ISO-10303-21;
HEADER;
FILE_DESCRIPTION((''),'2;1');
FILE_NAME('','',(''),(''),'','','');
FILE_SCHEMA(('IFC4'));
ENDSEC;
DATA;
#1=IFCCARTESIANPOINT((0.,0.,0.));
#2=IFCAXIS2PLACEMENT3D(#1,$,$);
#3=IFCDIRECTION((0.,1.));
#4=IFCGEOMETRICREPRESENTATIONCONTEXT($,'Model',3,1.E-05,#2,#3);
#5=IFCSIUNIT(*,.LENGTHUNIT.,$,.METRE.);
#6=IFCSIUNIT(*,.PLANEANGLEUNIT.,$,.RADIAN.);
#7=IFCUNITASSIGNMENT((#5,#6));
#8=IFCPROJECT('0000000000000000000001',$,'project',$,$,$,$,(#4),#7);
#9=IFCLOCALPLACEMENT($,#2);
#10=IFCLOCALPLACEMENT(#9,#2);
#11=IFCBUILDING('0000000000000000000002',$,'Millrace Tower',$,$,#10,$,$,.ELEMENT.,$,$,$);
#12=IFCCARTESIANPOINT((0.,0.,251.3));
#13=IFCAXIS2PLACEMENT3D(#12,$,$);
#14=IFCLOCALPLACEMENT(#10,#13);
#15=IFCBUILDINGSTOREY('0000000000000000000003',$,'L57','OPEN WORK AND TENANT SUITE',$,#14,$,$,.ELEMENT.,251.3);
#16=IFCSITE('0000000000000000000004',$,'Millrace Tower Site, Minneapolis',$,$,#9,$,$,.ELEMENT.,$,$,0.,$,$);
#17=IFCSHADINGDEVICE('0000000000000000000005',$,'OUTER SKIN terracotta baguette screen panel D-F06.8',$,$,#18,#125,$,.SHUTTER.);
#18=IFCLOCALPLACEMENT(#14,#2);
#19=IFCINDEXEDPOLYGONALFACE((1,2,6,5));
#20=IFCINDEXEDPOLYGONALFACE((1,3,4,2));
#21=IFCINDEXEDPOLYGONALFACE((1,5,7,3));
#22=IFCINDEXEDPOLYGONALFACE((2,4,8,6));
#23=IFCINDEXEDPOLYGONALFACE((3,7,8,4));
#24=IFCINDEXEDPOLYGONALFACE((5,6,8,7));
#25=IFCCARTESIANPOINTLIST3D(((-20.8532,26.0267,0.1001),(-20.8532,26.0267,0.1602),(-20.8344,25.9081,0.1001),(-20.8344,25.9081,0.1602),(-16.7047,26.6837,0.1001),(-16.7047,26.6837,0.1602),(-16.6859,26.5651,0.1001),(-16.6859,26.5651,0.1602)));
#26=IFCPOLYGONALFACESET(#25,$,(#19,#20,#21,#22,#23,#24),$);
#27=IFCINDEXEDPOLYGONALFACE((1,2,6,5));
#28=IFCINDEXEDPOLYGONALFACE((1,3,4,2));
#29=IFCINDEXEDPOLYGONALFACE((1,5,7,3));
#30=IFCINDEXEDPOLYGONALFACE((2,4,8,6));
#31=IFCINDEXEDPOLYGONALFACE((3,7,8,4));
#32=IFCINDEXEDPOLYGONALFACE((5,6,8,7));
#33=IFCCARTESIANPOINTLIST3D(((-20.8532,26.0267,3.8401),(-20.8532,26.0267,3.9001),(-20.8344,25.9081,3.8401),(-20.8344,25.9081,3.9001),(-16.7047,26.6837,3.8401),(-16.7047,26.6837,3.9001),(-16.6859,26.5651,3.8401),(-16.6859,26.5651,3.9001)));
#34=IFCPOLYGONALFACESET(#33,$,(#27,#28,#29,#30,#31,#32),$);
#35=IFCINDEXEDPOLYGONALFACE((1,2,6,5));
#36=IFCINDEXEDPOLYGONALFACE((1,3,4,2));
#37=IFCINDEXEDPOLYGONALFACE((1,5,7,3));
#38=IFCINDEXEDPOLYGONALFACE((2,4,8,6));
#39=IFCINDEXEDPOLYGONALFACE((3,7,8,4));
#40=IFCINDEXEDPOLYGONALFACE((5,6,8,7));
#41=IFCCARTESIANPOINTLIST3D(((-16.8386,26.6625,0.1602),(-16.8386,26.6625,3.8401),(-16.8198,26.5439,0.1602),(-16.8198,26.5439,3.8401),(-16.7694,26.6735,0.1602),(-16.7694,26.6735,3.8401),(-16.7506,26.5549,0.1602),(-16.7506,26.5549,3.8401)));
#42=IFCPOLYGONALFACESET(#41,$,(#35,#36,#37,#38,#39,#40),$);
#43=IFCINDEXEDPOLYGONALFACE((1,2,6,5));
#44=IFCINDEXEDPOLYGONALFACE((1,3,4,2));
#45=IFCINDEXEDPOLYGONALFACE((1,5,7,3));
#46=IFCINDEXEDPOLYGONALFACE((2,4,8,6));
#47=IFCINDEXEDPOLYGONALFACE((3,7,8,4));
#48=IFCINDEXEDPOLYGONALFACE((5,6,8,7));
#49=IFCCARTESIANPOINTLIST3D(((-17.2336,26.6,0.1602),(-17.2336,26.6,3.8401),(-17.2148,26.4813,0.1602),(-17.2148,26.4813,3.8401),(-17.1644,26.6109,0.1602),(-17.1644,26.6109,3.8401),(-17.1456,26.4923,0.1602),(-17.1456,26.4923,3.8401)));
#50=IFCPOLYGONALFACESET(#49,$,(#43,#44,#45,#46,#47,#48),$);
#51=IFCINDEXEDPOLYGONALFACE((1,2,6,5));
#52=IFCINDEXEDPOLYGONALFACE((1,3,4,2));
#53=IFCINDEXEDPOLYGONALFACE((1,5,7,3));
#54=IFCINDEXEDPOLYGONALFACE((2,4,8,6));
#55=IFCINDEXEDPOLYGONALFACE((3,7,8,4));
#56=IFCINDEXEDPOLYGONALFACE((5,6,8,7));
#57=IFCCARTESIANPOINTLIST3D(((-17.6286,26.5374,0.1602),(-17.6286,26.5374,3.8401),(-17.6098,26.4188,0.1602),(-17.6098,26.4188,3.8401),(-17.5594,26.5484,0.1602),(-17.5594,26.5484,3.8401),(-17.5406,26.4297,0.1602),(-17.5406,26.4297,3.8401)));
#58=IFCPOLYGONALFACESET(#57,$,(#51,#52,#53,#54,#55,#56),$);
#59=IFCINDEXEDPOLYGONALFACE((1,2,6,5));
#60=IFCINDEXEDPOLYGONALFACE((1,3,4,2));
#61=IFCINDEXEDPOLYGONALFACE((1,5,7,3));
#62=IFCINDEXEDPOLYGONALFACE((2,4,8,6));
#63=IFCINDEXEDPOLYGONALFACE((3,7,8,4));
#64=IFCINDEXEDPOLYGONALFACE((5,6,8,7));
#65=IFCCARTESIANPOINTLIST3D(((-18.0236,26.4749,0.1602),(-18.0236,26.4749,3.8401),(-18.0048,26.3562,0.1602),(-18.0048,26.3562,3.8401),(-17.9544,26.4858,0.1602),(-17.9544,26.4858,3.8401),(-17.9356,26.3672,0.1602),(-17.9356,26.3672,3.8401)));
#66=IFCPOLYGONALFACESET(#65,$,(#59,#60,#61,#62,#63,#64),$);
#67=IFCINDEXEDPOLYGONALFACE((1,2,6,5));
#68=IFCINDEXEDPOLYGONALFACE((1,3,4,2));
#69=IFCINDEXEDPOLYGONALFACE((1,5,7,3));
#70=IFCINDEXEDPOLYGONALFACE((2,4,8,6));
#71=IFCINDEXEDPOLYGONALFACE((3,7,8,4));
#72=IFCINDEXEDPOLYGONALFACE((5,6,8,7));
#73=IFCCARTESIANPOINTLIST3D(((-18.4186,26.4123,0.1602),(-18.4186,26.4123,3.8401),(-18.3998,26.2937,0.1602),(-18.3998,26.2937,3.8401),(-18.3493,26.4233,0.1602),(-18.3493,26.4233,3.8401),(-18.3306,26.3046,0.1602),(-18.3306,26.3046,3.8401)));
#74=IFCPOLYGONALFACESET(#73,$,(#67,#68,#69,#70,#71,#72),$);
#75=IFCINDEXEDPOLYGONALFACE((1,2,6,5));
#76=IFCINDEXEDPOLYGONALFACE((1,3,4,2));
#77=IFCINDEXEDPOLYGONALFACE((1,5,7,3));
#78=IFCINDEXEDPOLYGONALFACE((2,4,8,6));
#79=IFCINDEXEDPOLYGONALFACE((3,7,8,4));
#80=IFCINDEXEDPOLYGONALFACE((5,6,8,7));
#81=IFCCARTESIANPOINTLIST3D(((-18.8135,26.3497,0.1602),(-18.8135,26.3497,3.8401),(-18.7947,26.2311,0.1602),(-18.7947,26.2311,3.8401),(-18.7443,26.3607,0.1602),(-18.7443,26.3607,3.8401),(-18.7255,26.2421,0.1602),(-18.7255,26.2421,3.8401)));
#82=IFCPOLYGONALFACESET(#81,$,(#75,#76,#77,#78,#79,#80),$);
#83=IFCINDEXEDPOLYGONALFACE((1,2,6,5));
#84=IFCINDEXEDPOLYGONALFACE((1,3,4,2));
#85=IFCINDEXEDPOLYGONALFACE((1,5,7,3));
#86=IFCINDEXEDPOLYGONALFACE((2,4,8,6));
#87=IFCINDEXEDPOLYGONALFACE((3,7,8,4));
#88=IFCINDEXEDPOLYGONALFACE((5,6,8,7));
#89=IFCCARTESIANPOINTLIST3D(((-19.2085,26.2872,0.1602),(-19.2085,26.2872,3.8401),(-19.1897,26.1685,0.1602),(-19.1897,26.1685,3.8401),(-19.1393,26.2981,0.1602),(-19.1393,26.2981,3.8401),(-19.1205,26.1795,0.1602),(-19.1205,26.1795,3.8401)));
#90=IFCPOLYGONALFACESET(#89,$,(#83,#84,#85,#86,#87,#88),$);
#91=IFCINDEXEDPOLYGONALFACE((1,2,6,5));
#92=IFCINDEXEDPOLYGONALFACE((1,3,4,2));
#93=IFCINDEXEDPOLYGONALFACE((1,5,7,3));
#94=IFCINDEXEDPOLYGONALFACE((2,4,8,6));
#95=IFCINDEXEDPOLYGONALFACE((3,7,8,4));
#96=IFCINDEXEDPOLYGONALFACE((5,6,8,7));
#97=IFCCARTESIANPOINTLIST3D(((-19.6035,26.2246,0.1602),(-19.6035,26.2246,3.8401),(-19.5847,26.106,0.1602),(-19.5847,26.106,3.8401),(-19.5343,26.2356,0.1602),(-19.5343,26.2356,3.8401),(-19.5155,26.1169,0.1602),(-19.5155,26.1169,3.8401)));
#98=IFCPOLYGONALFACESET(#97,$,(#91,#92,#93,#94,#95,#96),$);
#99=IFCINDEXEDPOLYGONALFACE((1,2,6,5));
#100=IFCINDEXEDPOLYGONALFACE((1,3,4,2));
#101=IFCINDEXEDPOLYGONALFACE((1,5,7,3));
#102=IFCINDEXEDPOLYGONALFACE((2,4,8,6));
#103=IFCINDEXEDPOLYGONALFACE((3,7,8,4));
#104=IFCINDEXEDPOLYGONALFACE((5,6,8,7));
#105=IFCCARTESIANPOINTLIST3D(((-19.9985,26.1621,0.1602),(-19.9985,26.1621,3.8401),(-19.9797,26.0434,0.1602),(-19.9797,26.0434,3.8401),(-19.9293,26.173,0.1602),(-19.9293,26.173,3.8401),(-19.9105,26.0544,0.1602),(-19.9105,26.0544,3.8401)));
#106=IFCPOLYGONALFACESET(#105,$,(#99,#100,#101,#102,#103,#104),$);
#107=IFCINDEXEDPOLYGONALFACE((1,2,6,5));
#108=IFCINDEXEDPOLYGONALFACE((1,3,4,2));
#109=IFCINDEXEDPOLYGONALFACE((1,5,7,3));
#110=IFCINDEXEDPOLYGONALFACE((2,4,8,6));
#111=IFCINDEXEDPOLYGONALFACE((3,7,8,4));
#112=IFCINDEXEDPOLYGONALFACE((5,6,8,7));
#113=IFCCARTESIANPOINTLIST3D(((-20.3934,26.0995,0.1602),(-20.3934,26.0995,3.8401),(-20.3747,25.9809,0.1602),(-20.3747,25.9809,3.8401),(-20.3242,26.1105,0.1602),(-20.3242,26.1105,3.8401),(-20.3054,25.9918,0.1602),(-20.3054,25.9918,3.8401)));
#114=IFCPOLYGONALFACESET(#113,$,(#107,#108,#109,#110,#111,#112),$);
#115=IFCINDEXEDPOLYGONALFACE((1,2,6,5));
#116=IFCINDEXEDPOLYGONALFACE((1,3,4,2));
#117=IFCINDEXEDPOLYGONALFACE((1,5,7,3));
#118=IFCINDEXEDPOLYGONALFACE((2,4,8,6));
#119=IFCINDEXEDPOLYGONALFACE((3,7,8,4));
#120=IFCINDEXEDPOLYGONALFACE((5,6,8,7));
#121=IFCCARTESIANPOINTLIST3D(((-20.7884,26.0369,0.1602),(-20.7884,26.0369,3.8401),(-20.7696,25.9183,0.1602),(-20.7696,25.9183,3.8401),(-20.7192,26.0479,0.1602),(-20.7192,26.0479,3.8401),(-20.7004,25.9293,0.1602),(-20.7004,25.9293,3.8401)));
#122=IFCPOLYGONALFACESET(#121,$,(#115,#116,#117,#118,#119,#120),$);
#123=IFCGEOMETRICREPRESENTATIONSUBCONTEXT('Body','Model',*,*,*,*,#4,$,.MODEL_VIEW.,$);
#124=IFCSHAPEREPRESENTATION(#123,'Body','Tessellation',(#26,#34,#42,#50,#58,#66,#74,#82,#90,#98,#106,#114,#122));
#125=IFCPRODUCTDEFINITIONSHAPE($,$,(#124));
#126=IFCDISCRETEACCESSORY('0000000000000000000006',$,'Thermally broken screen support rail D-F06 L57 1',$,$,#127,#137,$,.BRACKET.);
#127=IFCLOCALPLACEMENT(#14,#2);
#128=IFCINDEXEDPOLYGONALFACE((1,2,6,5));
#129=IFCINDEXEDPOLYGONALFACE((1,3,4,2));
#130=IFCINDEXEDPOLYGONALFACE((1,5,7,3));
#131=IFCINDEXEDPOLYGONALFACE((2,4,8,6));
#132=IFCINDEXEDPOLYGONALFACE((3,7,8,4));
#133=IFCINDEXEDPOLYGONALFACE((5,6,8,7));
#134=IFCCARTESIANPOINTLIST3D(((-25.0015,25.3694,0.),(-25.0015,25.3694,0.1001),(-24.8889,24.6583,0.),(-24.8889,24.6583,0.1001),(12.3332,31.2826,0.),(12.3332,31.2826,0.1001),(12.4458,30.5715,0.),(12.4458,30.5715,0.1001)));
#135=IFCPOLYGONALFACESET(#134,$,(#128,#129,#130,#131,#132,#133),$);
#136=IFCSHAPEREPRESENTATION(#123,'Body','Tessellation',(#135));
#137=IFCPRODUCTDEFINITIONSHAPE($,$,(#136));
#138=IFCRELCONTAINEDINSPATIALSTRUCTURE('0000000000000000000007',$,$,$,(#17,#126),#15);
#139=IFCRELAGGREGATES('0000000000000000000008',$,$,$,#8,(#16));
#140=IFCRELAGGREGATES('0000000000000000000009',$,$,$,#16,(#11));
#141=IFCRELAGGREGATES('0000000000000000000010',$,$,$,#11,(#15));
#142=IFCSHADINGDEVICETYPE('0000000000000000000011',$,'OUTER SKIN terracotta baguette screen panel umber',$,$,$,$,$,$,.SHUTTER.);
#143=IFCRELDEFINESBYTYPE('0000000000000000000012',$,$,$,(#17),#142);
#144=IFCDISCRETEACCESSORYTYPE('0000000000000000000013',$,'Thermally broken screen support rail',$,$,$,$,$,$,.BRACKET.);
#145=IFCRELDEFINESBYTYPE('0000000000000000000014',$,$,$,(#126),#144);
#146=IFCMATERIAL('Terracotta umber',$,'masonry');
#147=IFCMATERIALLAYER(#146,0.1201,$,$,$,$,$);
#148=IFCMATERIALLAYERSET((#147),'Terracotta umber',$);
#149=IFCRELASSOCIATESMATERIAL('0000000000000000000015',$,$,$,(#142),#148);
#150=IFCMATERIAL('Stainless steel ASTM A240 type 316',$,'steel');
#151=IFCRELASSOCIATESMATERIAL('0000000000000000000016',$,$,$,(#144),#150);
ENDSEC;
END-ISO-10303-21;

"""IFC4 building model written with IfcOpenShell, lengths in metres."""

from ifc_helpers import new_model, entity, si_unit, direction, frame, frame_2d, origin, origin_2d, place, context, subcontext, project, spatial, rectangle, extrude, source, transform, mapped, material, layer, layer_set, type_object, element, save


model = new_model("IFC4")

# Units and contexts
model_context = context("Model", 3, precision=1e-05, world=origin(), true_north=direction((0.0, 1.0)))
body_context = subcontext(model_context, "Body", "Model", "MODEL_VIEW")
ifc_project = project(units=[si_unit("LENGTHUNIT", "METRE"), si_unit("PLANEANGLEUNIT", "RADIAN")], contexts=[model_context])

# Site, building, storey
site_placement = place(None, origin())
site = spatial("IfcSite", under=ifc_project, at=site_placement, Name="Millrace Tower Site, Minneapolis", CompositionType="ELEMENT", RefElevation=0.0)
building_placement = place(site_placement, origin())
building = spatial("IfcBuilding", under=site, at=building_placement, Name="Millrace Tower", CompositionType="ELEMENT")
storey_placement = place(building_placement, frame((0.0, 0.0, 251.3)))
storey = spatial("IfcBuildingStorey", under=building, at=storey_placement, Name="L57", Description="OPEN WORK AND TENANT SUITE", CompositionType="ELEMENT", Elevation=251.3)

# Shading device
ifc_material_1 = material(Name="Terracotta umber", Category="masonry")
ifc_layer_1 = layer(ifc_material_1, 0.1201)
ifc_layer_set_1 = layer_set([ifc_layer_1], Name="Terracotta umber")
shading_device_type = type_object("IfcShadingDeviceType", Name="OUTER SKIN terracotta baguette screen panel umber", PredefinedType="SHUTTER", material=ifc_layer_set_1)
cartesian_point = entity("IfcCartesianPoint", [-2.1001, 0.0601])
shared_polyline = entity("IfcPolyline", [cartesian_point, entity("IfcCartesianPoint", [2.1001, 0.0601]), entity("IfcCartesianPoint", [2.1001, -0.0601]), entity("IfcCartesianPoint", [-2.1001, -0.0601]), cartesian_point])
shared_shape = source(origin(), body_context, "Body", "SweptSolid", [
    entity("IfcExtrudedAreaSolid", entity("IfcArbitraryClosedProfileDef", "AREA", None, shared_polyline), entity("IfcAxis2Placement3D", entity("IfcCartesianPoint", [0.0, 0.0, 0.0])), entity("IfcDirection", [0.0, 0.0, 1.0]), 0.0601),
    entity("IfcExtrudedAreaSolid", entity("IfcArbitraryClosedProfileDef", "AREA", None, shared_polyline), entity("IfcAxis2Placement3D", entity("IfcCartesianPoint", [0.0, 0.0, 3.74])), entity("IfcDirection", [0.0, 0.0, 1.0]), 0.0601),
    extrude(rectangle(XDim=0.0701, YDim=0.1201, at=frame_2d((-1.9995, 0.0))), frame((0.0, 0.0, 0.0601)), (0.0, 0.0, 1.0), 3.6799),
    extrude(rectangle(XDim=0.0701, YDim=0.1201, at=frame_2d((-1.5996, 0.0))), frame((0.0, 0.0, 0.0601)), (0.0, 0.0, 1.0), 3.6799),
    extrude(rectangle(XDim=0.0701, YDim=0.1201, at=frame_2d((-1.1997, 0.0))), frame((0.0, 0.0, 0.0601)), (0.0, 0.0, 1.0), 3.6799),
    extrude(rectangle(XDim=0.0701, YDim=0.1201, at=frame_2d((-0.7998, 0.0))), frame((0.0, 0.0, 0.0601)), (0.0, 0.0, 1.0), 3.6799),
    extrude(rectangle(XDim=0.0701, YDim=0.1201, at=frame_2d((-0.3999, 0.0))), frame((0.0, 0.0, 0.0601)), (0.0, 0.0, 1.0), 3.6799),
    extrude(rectangle(XDim=0.0701, YDim=0.1201, at=origin_2d()), frame((0.0, 0.0, 0.0601)), (0.0, 0.0, 1.0), 3.6799),
    extrude(rectangle(XDim=0.0701, YDim=0.1201, at=frame_2d((0.3999, 0.0))), frame((0.0, 0.0, 0.0601)), (0.0, 0.0, 1.0), 3.6799),
    extrude(rectangle(XDim=0.0701, YDim=0.1201, at=frame_2d((0.7998, 0.0))), frame((0.0, 0.0, 0.0601)), (0.0, 0.0, 1.0), 3.6799),
    extrude(rectangle(XDim=0.0701, YDim=0.1201, at=frame_2d((1.1997, 0.0))), frame((0.0, 0.0, 0.0601)), (0.0, 0.0, 1.0), 3.6799),
    extrude(rectangle(XDim=0.0701, YDim=0.1201, at=frame_2d((1.5996, 0.0))), frame((0.0, 0.0, 0.0601)), (0.0, 0.0, 1.0), 3.6799),
    extrude(rectangle(XDim=0.0701, YDim=0.1201, at=frame_2d((1.9995, 0.0))), frame((0.0, 0.0, 0.0601)), (0.0, 0.0, 1.0), 3.6799),
])
for number, where, z_axis, x_axis, name in (
    (1, (-18.7695, 26.2959, 0.1001), (0.0, 0.0, 1.0), (-0.987688, -0.156434, 0.0), "OUTER SKIN terracotta baguette screen panel D-F06.8"),
):
    element("IfcShadingDevice", number, at=place(storey_placement, frame(where, z_axis=z_axis, x_axis=x_axis)), inside=storey, type_object=shading_device_type, Name=name, PredefinedType="SHUTTER", context=body_context, shape_type="MappedRepresentation", body=[
        mapped(shared_shape, transform((0.0, 0.0, 0.0), scale=1.0)),
    ])

# Discrete accessory
ifc_material_2 = material(Name="Stainless steel ASTM A240 type 316", Category="steel")
discrete_accessory_type = type_object("IfcDiscreteAccessoryType", Name="Thermally broken screen support rail", PredefinedType="BRACKET", material=ifc_material_2)
discrete_accessory_placement = place(storey_placement, frame((-6.2778, 27.9705, 0.0), z_axis=(0.0, 0.0, 1.0), x_axis=(-0.987688, -0.156434, 0.0)))
element("IfcDiscreteAccessory", 2, at=discrete_accessory_placement, inside=storey, type_object=discrete_accessory_type, Name="Thermally broken screen support rail D-F06 L57 1", PredefinedType="BRACKET", context=body_context, shape_type="SweptSolid", body=[
    extrude(rectangle(XDim=37.8, YDim=0.72, at=origin_2d()), origin(), (0.0, 0.0, 1.0), 0.1001),
])

save(model, "model.ifc")
